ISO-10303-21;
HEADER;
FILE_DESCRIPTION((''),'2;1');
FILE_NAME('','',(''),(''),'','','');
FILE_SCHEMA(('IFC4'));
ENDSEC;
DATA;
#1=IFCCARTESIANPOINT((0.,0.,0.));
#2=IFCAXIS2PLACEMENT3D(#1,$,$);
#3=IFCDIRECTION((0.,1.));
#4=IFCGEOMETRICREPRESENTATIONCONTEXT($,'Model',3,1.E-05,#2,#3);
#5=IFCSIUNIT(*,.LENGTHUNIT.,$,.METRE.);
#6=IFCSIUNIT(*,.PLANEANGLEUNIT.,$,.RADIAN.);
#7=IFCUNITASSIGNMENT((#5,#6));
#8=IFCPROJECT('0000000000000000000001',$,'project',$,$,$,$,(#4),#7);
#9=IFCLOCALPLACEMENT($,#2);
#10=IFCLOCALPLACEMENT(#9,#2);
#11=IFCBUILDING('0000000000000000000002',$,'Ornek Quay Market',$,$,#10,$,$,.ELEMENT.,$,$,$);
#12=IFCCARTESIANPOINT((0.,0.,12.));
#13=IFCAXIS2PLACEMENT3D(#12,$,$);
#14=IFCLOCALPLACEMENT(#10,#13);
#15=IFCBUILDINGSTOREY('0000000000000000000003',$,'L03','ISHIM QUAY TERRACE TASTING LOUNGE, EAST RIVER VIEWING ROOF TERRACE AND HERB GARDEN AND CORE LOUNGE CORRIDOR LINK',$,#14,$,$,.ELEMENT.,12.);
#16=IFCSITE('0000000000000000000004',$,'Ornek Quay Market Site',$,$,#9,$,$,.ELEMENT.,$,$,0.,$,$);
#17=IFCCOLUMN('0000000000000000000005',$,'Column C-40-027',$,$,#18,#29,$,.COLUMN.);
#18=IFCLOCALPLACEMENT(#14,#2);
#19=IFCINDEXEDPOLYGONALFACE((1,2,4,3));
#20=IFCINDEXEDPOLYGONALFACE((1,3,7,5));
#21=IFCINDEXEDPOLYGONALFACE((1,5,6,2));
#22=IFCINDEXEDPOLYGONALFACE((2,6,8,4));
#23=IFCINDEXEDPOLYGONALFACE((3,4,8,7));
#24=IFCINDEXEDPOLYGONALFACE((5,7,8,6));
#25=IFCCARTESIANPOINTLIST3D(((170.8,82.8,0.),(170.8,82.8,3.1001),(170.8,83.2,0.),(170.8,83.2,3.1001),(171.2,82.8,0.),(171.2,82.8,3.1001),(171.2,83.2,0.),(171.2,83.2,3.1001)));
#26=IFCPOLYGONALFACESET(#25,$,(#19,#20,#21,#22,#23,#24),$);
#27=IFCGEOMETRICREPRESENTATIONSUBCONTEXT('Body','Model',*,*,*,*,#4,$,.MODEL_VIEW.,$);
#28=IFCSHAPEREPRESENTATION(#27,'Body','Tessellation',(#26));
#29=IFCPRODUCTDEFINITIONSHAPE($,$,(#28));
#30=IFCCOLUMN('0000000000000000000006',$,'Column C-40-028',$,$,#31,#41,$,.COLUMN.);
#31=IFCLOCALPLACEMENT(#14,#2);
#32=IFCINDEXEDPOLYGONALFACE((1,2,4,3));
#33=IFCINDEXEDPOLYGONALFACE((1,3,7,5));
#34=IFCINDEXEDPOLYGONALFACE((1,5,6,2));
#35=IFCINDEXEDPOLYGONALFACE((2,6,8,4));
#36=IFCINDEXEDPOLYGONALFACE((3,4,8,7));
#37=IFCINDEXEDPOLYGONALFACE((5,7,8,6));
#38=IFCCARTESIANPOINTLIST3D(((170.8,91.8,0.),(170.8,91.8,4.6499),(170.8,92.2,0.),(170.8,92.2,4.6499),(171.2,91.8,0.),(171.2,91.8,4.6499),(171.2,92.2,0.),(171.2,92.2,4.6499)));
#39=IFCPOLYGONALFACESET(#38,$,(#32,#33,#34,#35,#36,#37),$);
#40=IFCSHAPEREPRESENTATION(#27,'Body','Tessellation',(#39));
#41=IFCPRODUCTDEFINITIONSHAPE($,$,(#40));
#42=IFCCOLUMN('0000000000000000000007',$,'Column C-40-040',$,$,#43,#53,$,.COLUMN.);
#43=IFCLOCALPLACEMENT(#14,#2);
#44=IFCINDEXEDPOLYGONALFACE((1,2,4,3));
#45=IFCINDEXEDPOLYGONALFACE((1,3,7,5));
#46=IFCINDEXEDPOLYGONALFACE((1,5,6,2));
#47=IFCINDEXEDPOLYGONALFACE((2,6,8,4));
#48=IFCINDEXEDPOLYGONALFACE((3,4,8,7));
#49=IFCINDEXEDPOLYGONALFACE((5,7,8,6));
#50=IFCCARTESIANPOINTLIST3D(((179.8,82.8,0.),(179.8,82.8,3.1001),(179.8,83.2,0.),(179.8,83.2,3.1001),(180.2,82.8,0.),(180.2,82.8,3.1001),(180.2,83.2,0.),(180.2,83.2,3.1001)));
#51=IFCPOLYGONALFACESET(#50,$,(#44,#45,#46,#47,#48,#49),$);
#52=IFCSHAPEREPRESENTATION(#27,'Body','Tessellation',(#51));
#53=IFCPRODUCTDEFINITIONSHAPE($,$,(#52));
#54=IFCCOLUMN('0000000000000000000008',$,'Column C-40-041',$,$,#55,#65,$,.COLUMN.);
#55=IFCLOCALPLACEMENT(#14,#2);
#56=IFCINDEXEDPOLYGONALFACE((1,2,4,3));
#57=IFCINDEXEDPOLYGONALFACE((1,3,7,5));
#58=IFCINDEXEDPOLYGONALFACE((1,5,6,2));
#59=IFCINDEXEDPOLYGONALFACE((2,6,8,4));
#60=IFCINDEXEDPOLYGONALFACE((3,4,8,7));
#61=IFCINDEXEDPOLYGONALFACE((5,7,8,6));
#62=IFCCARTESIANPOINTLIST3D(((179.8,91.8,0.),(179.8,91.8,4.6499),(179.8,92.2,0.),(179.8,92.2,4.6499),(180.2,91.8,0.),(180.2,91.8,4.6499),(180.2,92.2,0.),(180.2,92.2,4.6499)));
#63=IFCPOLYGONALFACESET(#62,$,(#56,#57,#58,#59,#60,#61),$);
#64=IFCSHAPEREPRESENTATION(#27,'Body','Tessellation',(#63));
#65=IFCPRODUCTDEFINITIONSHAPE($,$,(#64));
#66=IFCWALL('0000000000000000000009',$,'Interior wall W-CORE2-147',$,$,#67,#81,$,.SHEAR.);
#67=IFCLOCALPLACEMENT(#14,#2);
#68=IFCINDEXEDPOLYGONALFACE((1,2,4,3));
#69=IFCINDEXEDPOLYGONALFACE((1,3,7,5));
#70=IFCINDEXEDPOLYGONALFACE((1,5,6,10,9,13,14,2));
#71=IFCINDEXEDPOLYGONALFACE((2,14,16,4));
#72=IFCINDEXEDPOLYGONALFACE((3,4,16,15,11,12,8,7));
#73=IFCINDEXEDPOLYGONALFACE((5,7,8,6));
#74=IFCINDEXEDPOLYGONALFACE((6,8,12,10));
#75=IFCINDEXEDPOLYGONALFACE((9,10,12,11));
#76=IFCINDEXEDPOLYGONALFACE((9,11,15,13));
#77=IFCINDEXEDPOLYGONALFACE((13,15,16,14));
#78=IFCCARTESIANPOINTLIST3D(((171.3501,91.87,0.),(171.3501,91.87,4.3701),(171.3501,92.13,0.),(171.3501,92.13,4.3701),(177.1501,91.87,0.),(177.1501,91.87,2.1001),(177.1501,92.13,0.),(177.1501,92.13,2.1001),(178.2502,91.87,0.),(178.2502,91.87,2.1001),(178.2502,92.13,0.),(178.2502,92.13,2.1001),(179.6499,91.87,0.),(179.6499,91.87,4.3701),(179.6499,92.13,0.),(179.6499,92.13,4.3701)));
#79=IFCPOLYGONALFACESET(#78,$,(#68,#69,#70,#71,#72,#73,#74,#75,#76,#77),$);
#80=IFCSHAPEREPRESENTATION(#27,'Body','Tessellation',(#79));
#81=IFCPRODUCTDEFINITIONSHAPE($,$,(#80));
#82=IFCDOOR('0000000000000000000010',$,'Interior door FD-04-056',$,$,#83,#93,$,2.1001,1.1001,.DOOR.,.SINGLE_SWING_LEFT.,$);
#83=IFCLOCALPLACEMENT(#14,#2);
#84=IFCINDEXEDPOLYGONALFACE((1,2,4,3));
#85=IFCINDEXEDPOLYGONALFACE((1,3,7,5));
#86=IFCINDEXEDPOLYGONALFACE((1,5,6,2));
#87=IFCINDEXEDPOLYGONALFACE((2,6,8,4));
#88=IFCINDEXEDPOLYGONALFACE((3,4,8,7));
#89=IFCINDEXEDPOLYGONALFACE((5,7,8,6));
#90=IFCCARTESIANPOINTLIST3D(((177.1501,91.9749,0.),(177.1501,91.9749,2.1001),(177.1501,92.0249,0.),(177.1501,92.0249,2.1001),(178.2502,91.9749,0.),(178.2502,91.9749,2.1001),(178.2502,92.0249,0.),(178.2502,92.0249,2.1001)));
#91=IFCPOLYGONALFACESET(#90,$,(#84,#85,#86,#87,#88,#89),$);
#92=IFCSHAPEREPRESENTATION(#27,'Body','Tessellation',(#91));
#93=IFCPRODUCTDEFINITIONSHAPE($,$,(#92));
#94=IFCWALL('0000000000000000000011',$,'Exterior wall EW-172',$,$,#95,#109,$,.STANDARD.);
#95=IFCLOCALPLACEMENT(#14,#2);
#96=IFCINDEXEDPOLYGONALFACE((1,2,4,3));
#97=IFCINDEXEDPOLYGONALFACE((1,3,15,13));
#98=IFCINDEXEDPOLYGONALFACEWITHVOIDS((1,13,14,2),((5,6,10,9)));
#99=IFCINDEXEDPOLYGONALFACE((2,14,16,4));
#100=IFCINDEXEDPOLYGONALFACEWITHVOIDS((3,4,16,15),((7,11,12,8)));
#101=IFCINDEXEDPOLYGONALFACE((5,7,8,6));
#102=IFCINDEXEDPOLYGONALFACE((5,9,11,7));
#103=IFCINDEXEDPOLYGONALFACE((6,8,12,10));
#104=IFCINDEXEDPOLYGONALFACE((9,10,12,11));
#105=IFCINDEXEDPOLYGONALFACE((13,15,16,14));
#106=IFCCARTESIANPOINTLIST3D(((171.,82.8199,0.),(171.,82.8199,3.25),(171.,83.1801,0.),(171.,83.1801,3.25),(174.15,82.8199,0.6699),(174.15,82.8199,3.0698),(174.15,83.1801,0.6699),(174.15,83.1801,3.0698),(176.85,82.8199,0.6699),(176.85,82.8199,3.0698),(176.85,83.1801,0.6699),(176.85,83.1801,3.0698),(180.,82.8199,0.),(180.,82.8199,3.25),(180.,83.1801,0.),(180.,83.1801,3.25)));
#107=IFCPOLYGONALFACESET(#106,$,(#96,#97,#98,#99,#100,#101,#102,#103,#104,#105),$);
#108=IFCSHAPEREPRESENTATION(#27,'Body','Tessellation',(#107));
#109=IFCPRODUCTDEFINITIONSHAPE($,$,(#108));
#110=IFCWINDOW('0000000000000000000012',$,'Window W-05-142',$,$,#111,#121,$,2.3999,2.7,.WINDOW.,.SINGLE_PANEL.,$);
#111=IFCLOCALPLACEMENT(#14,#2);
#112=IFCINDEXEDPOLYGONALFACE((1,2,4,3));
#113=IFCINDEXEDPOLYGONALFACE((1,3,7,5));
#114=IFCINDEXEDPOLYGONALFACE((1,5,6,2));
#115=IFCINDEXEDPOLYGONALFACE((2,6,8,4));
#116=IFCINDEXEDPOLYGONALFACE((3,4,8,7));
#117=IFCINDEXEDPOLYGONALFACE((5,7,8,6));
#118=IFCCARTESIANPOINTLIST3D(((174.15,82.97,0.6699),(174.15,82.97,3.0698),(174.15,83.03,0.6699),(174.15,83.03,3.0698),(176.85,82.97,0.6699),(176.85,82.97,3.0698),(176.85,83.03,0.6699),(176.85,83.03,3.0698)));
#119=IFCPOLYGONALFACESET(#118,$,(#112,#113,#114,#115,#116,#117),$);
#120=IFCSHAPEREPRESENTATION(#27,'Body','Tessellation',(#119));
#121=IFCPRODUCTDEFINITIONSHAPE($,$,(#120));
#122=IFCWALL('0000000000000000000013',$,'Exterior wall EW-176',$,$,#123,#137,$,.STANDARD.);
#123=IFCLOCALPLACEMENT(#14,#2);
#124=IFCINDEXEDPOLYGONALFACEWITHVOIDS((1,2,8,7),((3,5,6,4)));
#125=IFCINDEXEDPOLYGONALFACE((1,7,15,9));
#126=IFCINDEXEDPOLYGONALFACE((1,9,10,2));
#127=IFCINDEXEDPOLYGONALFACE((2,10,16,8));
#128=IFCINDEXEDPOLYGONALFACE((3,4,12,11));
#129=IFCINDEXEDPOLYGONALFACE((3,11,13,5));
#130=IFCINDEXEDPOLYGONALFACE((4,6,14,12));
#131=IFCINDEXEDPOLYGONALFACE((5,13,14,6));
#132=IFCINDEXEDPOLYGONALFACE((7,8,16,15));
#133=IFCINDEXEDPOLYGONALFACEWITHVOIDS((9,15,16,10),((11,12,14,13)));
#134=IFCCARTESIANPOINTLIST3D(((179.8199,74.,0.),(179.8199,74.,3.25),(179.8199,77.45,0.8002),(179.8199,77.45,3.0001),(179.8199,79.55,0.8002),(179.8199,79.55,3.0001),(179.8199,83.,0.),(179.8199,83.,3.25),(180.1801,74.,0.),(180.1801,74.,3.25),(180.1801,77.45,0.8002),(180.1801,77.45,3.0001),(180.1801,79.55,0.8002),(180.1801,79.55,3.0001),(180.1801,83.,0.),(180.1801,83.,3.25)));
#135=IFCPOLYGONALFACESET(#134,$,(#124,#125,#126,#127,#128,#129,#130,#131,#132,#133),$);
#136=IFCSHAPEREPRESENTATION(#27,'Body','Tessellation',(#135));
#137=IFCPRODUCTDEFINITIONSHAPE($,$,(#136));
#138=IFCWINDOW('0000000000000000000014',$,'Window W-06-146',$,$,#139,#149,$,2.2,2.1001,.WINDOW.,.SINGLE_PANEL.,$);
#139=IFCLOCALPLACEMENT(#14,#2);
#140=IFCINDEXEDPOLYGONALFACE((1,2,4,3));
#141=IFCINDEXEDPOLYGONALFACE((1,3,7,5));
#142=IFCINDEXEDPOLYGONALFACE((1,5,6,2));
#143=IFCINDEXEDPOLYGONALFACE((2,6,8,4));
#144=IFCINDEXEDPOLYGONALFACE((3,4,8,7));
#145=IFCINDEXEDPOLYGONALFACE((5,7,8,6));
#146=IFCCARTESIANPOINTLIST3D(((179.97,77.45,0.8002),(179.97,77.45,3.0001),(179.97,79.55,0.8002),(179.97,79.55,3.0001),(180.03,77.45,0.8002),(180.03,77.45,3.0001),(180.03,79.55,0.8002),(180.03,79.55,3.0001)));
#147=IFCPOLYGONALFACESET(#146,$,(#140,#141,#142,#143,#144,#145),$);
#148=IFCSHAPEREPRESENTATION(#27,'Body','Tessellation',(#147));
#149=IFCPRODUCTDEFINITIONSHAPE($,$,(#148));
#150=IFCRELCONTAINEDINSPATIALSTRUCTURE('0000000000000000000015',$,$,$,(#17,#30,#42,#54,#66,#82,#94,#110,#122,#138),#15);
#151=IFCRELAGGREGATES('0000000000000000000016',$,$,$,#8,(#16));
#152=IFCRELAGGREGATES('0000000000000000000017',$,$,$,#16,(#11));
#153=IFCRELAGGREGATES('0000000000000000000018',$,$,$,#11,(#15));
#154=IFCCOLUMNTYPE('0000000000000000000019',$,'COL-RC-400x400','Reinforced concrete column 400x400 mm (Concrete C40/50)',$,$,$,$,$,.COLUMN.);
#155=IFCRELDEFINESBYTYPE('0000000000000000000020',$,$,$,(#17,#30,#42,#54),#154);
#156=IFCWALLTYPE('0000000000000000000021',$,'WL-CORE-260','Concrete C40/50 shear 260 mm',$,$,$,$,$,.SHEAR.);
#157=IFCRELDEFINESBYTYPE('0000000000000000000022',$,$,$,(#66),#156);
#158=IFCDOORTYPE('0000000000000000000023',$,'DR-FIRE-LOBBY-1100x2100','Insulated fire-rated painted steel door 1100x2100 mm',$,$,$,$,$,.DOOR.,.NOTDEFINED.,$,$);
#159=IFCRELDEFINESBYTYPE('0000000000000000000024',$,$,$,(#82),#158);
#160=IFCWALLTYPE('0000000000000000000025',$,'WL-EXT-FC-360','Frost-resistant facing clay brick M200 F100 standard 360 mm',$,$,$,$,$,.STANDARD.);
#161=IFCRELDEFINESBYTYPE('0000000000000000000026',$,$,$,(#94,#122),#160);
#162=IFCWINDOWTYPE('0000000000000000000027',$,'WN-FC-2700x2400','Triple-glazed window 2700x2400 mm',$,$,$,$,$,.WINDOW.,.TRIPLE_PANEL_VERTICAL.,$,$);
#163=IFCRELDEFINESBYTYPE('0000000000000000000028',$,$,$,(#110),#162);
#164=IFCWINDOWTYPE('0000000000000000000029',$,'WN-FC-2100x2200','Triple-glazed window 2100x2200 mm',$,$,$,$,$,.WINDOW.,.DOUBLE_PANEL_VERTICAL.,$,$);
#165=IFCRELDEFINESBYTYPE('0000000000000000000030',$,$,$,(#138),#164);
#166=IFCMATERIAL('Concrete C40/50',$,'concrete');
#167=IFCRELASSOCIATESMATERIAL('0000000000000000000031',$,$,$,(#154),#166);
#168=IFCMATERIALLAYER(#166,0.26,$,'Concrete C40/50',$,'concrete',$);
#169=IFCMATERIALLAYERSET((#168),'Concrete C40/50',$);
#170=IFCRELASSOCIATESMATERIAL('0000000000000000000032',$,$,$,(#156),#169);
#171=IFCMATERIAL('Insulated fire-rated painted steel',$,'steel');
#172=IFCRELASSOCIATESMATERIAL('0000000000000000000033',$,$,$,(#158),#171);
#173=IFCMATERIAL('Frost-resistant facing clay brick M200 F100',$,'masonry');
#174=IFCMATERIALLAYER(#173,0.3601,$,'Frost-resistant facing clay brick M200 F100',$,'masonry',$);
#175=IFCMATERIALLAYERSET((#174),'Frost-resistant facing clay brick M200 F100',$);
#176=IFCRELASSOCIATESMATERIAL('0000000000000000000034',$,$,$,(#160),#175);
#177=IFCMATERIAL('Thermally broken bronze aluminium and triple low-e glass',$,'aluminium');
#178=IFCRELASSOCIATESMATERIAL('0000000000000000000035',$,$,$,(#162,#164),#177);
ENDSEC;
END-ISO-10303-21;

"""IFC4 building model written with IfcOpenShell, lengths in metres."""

from ifc_helpers import new_model, si_unit, direction, frame, frame_2d, origin, origin_2d, place, context, subcontext, project, spatial, rectangle, extrude, material, layer, layer_set, material_profile, profile_set, type_object, element, fill, save


model = new_model("IFC4")

# Units and contexts
model_context = context("Model", 3, precision=1e-05, world=origin(), true_north=direction((0.0, 1.0)))
body_context = subcontext(model_context, "Body", "Model", "MODEL_VIEW")
ifc_project = project(units=[si_unit("LENGTHUNIT", "METRE"), si_unit("PLANEANGLEUNIT", "RADIAN")], contexts=[model_context])

# Site, building, storey
site_placement = place(None, origin())
site = spatial("IfcSite", under=ifc_project, at=site_placement, Name="Ornek Quay Market Site", CompositionType="ELEMENT", RefElevation=0.0)
building_placement = place(site_placement, origin())
building = spatial("IfcBuilding", under=site, at=building_placement, Name="Ornek Quay Market", CompositionType="ELEMENT")
storey_placement = place(building_placement, frame((0.0, 0.0, 12.0)))
storey = spatial("IfcBuildingStorey", under=building, at=storey_placement, Name="L03", Description="ISHIM QUAY TERRACE TASTING LOUNGE, EAST RIVER VIEWING ROOF TERRACE AND HERB GARDEN AND CORE LOUNGE CORRIDOR LINK", CompositionType="ELEMENT", Elevation=12.0)

# Columns
ifc_material_1 = material(Name="Concrete C40/50", Category="concrete")
ifc_material_profile = material_profile(ifc_material_1, rectangle(XDim=0.3999, YDim=0.3999, at=origin_2d()), Name="RC 400x400", Category="concrete")
ifc_profile_set = profile_set([ifc_material_profile], Name="Concrete C40/50")
column_type = type_object("IfcColumnType", Name="COL-RC-400x400", Description="Reinforced concrete column 400x400 mm (Concrete C40/50)", PredefinedType="COLUMN", material=ifc_profile_set)
column_1_placement = place(storey_placement, frame((171.0, 83.0, 0.0), z_axis=(0.0, 0.0, 1.0), x_axis=(1.0, 0.0, 0.0)))
element("IfcColumn", 1, at=column_1_placement, inside=storey, type_object=column_type, Name="Column C-40-027", PredefinedType="COLUMN", context=body_context, shape_type="SweptSolid", body=[
    extrude(rectangle(XDim=0.3999, YDim=0.3999, at=origin_2d()), origin(), (0.0, 0.0, 1.0), 3.1001),
])
column_2_placement = place(storey_placement, frame((171.0, 92.0, 0.0), z_axis=(0.0, 0.0, 1.0), x_axis=(1.0, 0.0, 0.0)))
element("IfcColumn", 2, at=column_2_placement, inside=storey, type_object=column_type, Name="Column C-40-028", PredefinedType="COLUMN", context=body_context, shape_type="SweptSolid", body=[
    extrude(rectangle(XDim=0.3999, YDim=0.3999, at=origin_2d()), origin(), (0.0, 0.0, 1.0), 4.6499),
])
column_3_placement = place(storey_placement, frame((180.0, 83.0, 0.0), z_axis=(0.0, 0.0, 1.0), x_axis=(1.0, 0.0, 0.0)))
element("IfcColumn", 3, at=column_3_placement, inside=storey, type_object=column_type, Name="Column C-40-040", PredefinedType="COLUMN", context=body_context, shape_type="SweptSolid", body=[
    extrude(rectangle(XDim=0.3999, YDim=0.3999, at=origin_2d()), origin(), (0.0, 0.0, 1.0), 3.1001),
])
column_4_placement = place(storey_placement, frame((180.0, 92.0, 0.0), z_axis=(0.0, 0.0, 1.0), x_axis=(1.0, 0.0, 0.0)))
element("IfcColumn", 4, at=column_4_placement, inside=storey, type_object=column_type, Name="Column C-40-041", PredefinedType="COLUMN", context=body_context, shape_type="SweptSolid", body=[
    extrude(rectangle(XDim=0.3999, YDim=0.3999, at=origin_2d()), origin(), (0.0, 0.0, 1.0), 4.6499),
])

# Wall, opening, door
ifc_layer_1 = layer(ifc_material_1, 0.26, Name="Concrete C40/50", Category="concrete")
ifc_layer_set_1 = layer_set([ifc_layer_1], Name="Concrete C40/50")
wall_type_1 = type_object("IfcWallType", Name="WL-CORE-260", Description="Concrete C40/50 shear 260 mm", PredefinedType="SHEAR", material=ifc_layer_set_1)
wall_1_placement = place(storey_placement, frame((171.3501, 92.0, 0.0), z_axis=(0.0, 0.0, 1.0), x_axis=(1.0, 0.0, 0.0)))
wall_1 = element("IfcWall", 5, at=wall_1_placement, inside=storey, type_object=wall_type_1, Name="Interior wall W-CORE2-147", PredefinedType="SHEAR", context=body_context, shape_type="SweptSolid", body=[
    extrude(rectangle(XDim=8.2998, YDim=0.26, at=frame_2d((4.1499, 0.0))), origin(), (0.0, 0.0, 1.0), 4.3701),
])
opening_1_placement = place(wall_1_placement, frame((5.8, 0.0, 0.0)))
opening_1 = element("IfcOpeningElement", 6, at=opening_1_placement, cuts=wall_1, PredefinedType="OPENING", context=body_context, shape_type="SweptSolid", body=[
    extrude(rectangle(XDim=1.1001, YDim=2.1001, at=frame_2d((0.55, 1.05))), frame((0.0, 0.1399, 0.0), z_axis=(0.0, -1.0, 0.0), x_axis=(1.0, 0.0, 0.0)), (0.0, 0.0, 1.0), 0.28),
])
ifc_material_2 = material(Name="Insulated fire-rated painted steel", Category="steel")
door_type_1 = type_object("IfcDoorType", Name="DR-FIRE-LOBBY-1100x2100", Description="Insulated fire-rated painted steel door 1100x2100 mm", OperationType="NOTDEFINED", PredefinedType="DOOR", material=ifc_material_2)
door_1_placement = place(opening_1_placement, origin())
door_1 = element("IfcDoor", 7, at=door_1_placement, inside=storey, type_object=door_type_1, Name="Interior door FD-04-056", OperationType="SINGLE_SWING_LEFT", OverallHeight=2.1001, OverallWidth=1.1001, PredefinedType="DOOR", context=body_context, shape_type="SweptSolid", body=[
    extrude(rectangle(XDim=1.1001, YDim=2.1001, at=frame_2d((0.55, 1.05))), frame((0.0, 0.0249, 0.0), z_axis=(0.0, -1.0, 0.0), x_axis=(1.0, 0.0, 0.0)), (0.0, 0.0, 1.0), 0.05),
])
fill(opening_1, door_1)

# Walls, openings, windows
ifc_material_3 = material(Name="Frost-resistant facing clay brick M200 F100", Category="masonry")
ifc_layer_2 = layer(ifc_material_3, 0.3601, Name="Frost-resistant facing clay brick M200 F100", Category="masonry")
ifc_layer_set_2 = layer_set([ifc_layer_2], Name="Frost-resistant facing clay brick M200 F100")
wall_type_2 = type_object("IfcWallType", Name="WL-EXT-FC-360", Description="Frost-resistant facing clay brick M200 F100 standard 360 mm", PredefinedType="STANDARD", material=ifc_layer_set_2)
wall_2_placement = place(storey_placement, frame((171.0, 83.0, 0.0), z_axis=(0.0, 0.0, 1.0), x_axis=(1.0, 0.0, 0.0)))
wall_2 = element("IfcWall", 8, at=wall_2_placement, inside=storey, type_object=wall_type_2, Name="Exterior wall EW-172", PredefinedType="STANDARD", context=body_context, shape_type="SweptSolid", body=[
    extrude(rectangle(XDim=9.0, YDim=0.3601, at=frame_2d((4.5, 0.0))), origin(), (0.0, 0.0, 1.0), 3.25),
])
opening_2_placement = place(wall_2_placement, frame((3.1499, 0.0, 0.6699)))
opening_2 = element("IfcOpeningElement", 9, at=opening_2_placement, cuts=wall_2, PredefinedType="OPENING", context=body_context, shape_type="SweptSolid", body=[
    extrude(rectangle(XDim=2.7, YDim=2.3999, at=frame_2d((1.3501, 1.2))), frame((0.0, 0.1899, 0.0), z_axis=(0.0, -1.0, 0.0), x_axis=(1.0, 0.0, 0.0)), (0.0, 0.0, 1.0), 0.3801),
])
ifc_material_4 = material(Name="Thermally broken bronze aluminium and triple low-e glass", Category="aluminium")
window_type_1 = type_object("IfcWindowType", Name="WN-FC-2700x2400", Description="Triple-glazed window 2700x2400 mm", PartitioningType="TRIPLE_PANEL_VERTICAL", PredefinedType="WINDOW", material=ifc_material_4)
window_1_placement = place(opening_2_placement, origin())
window_1 = element("IfcWindow", 10, at=window_1_placement, inside=storey, type_object=window_type_1, Name="Window W-05-142", OverallHeight=2.3999, OverallWidth=2.7, PartitioningType="SINGLE_PANEL", PredefinedType="WINDOW", context=body_context, shape_type="SweptSolid", body=[
    extrude(rectangle(XDim=2.7, YDim=2.3999, at=frame_2d((1.3501, 1.2))), frame((0.0, 0.03, 0.0), z_axis=(0.0, -1.0, 0.0), x_axis=(1.0, 0.0, 0.0)), (0.0, 0.0, 1.0), 0.0601),
])
fill(opening_2, window_1)
wall_3_placement = place(storey_placement, frame((180.0, 74.0, 0.0), z_axis=(0.0, 0.0, 1.0), x_axis=(0.0, 1.0, 0.0)))
wall_3 = element("IfcWall", 11, at=wall_3_placement, inside=storey, type_object=wall_type_2, Name="Exterior wall EW-176", PredefinedType="STANDARD", context=body_context, shape_type="SweptSolid", body=[
    extrude(rectangle(XDim=9.0, YDim=0.3601, at=frame_2d((4.5, 0.0))), origin(), (0.0, 0.0, 1.0), 3.25),
])
opening_3_placement = place(wall_3_placement, frame((3.45, 0.0, 0.8)))
opening_3 = element("IfcOpeningElement", 12, at=opening_3_placement, cuts=wall_3, PredefinedType="OPENING", context=body_context, shape_type="SweptSolid", body=[
    extrude(rectangle(XDim=2.1001, YDim=2.2, at=frame_2d((1.05, 1.1001))), frame((0.0, 0.1899, 0.0), z_axis=(0.0, -1.0, 0.0), x_axis=(1.0, 0.0, 0.0)), (0.0, 0.0, 1.0), 0.3801),
])
window_type_2 = type_object("IfcWindowType", Name="WN-FC-2100x2200", Description="Triple-glazed window 2100x2200 mm", PartitioningType="DOUBLE_PANEL_VERTICAL", PredefinedType="WINDOW", material=ifc_material_4)
window_2_placement = place(opening_3_placement, origin())
window_2 = element("IfcWindow", 13, at=window_2_placement, inside=storey, type_object=window_type_2, Name="Window W-06-146", OverallHeight=2.2, OverallWidth=2.1001, PartitioningType="SINGLE_PANEL", PredefinedType="WINDOW", context=body_context, shape_type="SweptSolid", body=[
    extrude(rectangle(XDim=2.1001, YDim=2.2, at=frame_2d((1.05, 1.1001))), frame((0.0, 0.03, 0.0), z_axis=(0.0, -1.0, 0.0), x_axis=(1.0, 0.0, 0.0)), (0.0, 0.0, 1.0), 0.0601),
])
fill(opening_3, window_2)

save(model, "model.ifc")
